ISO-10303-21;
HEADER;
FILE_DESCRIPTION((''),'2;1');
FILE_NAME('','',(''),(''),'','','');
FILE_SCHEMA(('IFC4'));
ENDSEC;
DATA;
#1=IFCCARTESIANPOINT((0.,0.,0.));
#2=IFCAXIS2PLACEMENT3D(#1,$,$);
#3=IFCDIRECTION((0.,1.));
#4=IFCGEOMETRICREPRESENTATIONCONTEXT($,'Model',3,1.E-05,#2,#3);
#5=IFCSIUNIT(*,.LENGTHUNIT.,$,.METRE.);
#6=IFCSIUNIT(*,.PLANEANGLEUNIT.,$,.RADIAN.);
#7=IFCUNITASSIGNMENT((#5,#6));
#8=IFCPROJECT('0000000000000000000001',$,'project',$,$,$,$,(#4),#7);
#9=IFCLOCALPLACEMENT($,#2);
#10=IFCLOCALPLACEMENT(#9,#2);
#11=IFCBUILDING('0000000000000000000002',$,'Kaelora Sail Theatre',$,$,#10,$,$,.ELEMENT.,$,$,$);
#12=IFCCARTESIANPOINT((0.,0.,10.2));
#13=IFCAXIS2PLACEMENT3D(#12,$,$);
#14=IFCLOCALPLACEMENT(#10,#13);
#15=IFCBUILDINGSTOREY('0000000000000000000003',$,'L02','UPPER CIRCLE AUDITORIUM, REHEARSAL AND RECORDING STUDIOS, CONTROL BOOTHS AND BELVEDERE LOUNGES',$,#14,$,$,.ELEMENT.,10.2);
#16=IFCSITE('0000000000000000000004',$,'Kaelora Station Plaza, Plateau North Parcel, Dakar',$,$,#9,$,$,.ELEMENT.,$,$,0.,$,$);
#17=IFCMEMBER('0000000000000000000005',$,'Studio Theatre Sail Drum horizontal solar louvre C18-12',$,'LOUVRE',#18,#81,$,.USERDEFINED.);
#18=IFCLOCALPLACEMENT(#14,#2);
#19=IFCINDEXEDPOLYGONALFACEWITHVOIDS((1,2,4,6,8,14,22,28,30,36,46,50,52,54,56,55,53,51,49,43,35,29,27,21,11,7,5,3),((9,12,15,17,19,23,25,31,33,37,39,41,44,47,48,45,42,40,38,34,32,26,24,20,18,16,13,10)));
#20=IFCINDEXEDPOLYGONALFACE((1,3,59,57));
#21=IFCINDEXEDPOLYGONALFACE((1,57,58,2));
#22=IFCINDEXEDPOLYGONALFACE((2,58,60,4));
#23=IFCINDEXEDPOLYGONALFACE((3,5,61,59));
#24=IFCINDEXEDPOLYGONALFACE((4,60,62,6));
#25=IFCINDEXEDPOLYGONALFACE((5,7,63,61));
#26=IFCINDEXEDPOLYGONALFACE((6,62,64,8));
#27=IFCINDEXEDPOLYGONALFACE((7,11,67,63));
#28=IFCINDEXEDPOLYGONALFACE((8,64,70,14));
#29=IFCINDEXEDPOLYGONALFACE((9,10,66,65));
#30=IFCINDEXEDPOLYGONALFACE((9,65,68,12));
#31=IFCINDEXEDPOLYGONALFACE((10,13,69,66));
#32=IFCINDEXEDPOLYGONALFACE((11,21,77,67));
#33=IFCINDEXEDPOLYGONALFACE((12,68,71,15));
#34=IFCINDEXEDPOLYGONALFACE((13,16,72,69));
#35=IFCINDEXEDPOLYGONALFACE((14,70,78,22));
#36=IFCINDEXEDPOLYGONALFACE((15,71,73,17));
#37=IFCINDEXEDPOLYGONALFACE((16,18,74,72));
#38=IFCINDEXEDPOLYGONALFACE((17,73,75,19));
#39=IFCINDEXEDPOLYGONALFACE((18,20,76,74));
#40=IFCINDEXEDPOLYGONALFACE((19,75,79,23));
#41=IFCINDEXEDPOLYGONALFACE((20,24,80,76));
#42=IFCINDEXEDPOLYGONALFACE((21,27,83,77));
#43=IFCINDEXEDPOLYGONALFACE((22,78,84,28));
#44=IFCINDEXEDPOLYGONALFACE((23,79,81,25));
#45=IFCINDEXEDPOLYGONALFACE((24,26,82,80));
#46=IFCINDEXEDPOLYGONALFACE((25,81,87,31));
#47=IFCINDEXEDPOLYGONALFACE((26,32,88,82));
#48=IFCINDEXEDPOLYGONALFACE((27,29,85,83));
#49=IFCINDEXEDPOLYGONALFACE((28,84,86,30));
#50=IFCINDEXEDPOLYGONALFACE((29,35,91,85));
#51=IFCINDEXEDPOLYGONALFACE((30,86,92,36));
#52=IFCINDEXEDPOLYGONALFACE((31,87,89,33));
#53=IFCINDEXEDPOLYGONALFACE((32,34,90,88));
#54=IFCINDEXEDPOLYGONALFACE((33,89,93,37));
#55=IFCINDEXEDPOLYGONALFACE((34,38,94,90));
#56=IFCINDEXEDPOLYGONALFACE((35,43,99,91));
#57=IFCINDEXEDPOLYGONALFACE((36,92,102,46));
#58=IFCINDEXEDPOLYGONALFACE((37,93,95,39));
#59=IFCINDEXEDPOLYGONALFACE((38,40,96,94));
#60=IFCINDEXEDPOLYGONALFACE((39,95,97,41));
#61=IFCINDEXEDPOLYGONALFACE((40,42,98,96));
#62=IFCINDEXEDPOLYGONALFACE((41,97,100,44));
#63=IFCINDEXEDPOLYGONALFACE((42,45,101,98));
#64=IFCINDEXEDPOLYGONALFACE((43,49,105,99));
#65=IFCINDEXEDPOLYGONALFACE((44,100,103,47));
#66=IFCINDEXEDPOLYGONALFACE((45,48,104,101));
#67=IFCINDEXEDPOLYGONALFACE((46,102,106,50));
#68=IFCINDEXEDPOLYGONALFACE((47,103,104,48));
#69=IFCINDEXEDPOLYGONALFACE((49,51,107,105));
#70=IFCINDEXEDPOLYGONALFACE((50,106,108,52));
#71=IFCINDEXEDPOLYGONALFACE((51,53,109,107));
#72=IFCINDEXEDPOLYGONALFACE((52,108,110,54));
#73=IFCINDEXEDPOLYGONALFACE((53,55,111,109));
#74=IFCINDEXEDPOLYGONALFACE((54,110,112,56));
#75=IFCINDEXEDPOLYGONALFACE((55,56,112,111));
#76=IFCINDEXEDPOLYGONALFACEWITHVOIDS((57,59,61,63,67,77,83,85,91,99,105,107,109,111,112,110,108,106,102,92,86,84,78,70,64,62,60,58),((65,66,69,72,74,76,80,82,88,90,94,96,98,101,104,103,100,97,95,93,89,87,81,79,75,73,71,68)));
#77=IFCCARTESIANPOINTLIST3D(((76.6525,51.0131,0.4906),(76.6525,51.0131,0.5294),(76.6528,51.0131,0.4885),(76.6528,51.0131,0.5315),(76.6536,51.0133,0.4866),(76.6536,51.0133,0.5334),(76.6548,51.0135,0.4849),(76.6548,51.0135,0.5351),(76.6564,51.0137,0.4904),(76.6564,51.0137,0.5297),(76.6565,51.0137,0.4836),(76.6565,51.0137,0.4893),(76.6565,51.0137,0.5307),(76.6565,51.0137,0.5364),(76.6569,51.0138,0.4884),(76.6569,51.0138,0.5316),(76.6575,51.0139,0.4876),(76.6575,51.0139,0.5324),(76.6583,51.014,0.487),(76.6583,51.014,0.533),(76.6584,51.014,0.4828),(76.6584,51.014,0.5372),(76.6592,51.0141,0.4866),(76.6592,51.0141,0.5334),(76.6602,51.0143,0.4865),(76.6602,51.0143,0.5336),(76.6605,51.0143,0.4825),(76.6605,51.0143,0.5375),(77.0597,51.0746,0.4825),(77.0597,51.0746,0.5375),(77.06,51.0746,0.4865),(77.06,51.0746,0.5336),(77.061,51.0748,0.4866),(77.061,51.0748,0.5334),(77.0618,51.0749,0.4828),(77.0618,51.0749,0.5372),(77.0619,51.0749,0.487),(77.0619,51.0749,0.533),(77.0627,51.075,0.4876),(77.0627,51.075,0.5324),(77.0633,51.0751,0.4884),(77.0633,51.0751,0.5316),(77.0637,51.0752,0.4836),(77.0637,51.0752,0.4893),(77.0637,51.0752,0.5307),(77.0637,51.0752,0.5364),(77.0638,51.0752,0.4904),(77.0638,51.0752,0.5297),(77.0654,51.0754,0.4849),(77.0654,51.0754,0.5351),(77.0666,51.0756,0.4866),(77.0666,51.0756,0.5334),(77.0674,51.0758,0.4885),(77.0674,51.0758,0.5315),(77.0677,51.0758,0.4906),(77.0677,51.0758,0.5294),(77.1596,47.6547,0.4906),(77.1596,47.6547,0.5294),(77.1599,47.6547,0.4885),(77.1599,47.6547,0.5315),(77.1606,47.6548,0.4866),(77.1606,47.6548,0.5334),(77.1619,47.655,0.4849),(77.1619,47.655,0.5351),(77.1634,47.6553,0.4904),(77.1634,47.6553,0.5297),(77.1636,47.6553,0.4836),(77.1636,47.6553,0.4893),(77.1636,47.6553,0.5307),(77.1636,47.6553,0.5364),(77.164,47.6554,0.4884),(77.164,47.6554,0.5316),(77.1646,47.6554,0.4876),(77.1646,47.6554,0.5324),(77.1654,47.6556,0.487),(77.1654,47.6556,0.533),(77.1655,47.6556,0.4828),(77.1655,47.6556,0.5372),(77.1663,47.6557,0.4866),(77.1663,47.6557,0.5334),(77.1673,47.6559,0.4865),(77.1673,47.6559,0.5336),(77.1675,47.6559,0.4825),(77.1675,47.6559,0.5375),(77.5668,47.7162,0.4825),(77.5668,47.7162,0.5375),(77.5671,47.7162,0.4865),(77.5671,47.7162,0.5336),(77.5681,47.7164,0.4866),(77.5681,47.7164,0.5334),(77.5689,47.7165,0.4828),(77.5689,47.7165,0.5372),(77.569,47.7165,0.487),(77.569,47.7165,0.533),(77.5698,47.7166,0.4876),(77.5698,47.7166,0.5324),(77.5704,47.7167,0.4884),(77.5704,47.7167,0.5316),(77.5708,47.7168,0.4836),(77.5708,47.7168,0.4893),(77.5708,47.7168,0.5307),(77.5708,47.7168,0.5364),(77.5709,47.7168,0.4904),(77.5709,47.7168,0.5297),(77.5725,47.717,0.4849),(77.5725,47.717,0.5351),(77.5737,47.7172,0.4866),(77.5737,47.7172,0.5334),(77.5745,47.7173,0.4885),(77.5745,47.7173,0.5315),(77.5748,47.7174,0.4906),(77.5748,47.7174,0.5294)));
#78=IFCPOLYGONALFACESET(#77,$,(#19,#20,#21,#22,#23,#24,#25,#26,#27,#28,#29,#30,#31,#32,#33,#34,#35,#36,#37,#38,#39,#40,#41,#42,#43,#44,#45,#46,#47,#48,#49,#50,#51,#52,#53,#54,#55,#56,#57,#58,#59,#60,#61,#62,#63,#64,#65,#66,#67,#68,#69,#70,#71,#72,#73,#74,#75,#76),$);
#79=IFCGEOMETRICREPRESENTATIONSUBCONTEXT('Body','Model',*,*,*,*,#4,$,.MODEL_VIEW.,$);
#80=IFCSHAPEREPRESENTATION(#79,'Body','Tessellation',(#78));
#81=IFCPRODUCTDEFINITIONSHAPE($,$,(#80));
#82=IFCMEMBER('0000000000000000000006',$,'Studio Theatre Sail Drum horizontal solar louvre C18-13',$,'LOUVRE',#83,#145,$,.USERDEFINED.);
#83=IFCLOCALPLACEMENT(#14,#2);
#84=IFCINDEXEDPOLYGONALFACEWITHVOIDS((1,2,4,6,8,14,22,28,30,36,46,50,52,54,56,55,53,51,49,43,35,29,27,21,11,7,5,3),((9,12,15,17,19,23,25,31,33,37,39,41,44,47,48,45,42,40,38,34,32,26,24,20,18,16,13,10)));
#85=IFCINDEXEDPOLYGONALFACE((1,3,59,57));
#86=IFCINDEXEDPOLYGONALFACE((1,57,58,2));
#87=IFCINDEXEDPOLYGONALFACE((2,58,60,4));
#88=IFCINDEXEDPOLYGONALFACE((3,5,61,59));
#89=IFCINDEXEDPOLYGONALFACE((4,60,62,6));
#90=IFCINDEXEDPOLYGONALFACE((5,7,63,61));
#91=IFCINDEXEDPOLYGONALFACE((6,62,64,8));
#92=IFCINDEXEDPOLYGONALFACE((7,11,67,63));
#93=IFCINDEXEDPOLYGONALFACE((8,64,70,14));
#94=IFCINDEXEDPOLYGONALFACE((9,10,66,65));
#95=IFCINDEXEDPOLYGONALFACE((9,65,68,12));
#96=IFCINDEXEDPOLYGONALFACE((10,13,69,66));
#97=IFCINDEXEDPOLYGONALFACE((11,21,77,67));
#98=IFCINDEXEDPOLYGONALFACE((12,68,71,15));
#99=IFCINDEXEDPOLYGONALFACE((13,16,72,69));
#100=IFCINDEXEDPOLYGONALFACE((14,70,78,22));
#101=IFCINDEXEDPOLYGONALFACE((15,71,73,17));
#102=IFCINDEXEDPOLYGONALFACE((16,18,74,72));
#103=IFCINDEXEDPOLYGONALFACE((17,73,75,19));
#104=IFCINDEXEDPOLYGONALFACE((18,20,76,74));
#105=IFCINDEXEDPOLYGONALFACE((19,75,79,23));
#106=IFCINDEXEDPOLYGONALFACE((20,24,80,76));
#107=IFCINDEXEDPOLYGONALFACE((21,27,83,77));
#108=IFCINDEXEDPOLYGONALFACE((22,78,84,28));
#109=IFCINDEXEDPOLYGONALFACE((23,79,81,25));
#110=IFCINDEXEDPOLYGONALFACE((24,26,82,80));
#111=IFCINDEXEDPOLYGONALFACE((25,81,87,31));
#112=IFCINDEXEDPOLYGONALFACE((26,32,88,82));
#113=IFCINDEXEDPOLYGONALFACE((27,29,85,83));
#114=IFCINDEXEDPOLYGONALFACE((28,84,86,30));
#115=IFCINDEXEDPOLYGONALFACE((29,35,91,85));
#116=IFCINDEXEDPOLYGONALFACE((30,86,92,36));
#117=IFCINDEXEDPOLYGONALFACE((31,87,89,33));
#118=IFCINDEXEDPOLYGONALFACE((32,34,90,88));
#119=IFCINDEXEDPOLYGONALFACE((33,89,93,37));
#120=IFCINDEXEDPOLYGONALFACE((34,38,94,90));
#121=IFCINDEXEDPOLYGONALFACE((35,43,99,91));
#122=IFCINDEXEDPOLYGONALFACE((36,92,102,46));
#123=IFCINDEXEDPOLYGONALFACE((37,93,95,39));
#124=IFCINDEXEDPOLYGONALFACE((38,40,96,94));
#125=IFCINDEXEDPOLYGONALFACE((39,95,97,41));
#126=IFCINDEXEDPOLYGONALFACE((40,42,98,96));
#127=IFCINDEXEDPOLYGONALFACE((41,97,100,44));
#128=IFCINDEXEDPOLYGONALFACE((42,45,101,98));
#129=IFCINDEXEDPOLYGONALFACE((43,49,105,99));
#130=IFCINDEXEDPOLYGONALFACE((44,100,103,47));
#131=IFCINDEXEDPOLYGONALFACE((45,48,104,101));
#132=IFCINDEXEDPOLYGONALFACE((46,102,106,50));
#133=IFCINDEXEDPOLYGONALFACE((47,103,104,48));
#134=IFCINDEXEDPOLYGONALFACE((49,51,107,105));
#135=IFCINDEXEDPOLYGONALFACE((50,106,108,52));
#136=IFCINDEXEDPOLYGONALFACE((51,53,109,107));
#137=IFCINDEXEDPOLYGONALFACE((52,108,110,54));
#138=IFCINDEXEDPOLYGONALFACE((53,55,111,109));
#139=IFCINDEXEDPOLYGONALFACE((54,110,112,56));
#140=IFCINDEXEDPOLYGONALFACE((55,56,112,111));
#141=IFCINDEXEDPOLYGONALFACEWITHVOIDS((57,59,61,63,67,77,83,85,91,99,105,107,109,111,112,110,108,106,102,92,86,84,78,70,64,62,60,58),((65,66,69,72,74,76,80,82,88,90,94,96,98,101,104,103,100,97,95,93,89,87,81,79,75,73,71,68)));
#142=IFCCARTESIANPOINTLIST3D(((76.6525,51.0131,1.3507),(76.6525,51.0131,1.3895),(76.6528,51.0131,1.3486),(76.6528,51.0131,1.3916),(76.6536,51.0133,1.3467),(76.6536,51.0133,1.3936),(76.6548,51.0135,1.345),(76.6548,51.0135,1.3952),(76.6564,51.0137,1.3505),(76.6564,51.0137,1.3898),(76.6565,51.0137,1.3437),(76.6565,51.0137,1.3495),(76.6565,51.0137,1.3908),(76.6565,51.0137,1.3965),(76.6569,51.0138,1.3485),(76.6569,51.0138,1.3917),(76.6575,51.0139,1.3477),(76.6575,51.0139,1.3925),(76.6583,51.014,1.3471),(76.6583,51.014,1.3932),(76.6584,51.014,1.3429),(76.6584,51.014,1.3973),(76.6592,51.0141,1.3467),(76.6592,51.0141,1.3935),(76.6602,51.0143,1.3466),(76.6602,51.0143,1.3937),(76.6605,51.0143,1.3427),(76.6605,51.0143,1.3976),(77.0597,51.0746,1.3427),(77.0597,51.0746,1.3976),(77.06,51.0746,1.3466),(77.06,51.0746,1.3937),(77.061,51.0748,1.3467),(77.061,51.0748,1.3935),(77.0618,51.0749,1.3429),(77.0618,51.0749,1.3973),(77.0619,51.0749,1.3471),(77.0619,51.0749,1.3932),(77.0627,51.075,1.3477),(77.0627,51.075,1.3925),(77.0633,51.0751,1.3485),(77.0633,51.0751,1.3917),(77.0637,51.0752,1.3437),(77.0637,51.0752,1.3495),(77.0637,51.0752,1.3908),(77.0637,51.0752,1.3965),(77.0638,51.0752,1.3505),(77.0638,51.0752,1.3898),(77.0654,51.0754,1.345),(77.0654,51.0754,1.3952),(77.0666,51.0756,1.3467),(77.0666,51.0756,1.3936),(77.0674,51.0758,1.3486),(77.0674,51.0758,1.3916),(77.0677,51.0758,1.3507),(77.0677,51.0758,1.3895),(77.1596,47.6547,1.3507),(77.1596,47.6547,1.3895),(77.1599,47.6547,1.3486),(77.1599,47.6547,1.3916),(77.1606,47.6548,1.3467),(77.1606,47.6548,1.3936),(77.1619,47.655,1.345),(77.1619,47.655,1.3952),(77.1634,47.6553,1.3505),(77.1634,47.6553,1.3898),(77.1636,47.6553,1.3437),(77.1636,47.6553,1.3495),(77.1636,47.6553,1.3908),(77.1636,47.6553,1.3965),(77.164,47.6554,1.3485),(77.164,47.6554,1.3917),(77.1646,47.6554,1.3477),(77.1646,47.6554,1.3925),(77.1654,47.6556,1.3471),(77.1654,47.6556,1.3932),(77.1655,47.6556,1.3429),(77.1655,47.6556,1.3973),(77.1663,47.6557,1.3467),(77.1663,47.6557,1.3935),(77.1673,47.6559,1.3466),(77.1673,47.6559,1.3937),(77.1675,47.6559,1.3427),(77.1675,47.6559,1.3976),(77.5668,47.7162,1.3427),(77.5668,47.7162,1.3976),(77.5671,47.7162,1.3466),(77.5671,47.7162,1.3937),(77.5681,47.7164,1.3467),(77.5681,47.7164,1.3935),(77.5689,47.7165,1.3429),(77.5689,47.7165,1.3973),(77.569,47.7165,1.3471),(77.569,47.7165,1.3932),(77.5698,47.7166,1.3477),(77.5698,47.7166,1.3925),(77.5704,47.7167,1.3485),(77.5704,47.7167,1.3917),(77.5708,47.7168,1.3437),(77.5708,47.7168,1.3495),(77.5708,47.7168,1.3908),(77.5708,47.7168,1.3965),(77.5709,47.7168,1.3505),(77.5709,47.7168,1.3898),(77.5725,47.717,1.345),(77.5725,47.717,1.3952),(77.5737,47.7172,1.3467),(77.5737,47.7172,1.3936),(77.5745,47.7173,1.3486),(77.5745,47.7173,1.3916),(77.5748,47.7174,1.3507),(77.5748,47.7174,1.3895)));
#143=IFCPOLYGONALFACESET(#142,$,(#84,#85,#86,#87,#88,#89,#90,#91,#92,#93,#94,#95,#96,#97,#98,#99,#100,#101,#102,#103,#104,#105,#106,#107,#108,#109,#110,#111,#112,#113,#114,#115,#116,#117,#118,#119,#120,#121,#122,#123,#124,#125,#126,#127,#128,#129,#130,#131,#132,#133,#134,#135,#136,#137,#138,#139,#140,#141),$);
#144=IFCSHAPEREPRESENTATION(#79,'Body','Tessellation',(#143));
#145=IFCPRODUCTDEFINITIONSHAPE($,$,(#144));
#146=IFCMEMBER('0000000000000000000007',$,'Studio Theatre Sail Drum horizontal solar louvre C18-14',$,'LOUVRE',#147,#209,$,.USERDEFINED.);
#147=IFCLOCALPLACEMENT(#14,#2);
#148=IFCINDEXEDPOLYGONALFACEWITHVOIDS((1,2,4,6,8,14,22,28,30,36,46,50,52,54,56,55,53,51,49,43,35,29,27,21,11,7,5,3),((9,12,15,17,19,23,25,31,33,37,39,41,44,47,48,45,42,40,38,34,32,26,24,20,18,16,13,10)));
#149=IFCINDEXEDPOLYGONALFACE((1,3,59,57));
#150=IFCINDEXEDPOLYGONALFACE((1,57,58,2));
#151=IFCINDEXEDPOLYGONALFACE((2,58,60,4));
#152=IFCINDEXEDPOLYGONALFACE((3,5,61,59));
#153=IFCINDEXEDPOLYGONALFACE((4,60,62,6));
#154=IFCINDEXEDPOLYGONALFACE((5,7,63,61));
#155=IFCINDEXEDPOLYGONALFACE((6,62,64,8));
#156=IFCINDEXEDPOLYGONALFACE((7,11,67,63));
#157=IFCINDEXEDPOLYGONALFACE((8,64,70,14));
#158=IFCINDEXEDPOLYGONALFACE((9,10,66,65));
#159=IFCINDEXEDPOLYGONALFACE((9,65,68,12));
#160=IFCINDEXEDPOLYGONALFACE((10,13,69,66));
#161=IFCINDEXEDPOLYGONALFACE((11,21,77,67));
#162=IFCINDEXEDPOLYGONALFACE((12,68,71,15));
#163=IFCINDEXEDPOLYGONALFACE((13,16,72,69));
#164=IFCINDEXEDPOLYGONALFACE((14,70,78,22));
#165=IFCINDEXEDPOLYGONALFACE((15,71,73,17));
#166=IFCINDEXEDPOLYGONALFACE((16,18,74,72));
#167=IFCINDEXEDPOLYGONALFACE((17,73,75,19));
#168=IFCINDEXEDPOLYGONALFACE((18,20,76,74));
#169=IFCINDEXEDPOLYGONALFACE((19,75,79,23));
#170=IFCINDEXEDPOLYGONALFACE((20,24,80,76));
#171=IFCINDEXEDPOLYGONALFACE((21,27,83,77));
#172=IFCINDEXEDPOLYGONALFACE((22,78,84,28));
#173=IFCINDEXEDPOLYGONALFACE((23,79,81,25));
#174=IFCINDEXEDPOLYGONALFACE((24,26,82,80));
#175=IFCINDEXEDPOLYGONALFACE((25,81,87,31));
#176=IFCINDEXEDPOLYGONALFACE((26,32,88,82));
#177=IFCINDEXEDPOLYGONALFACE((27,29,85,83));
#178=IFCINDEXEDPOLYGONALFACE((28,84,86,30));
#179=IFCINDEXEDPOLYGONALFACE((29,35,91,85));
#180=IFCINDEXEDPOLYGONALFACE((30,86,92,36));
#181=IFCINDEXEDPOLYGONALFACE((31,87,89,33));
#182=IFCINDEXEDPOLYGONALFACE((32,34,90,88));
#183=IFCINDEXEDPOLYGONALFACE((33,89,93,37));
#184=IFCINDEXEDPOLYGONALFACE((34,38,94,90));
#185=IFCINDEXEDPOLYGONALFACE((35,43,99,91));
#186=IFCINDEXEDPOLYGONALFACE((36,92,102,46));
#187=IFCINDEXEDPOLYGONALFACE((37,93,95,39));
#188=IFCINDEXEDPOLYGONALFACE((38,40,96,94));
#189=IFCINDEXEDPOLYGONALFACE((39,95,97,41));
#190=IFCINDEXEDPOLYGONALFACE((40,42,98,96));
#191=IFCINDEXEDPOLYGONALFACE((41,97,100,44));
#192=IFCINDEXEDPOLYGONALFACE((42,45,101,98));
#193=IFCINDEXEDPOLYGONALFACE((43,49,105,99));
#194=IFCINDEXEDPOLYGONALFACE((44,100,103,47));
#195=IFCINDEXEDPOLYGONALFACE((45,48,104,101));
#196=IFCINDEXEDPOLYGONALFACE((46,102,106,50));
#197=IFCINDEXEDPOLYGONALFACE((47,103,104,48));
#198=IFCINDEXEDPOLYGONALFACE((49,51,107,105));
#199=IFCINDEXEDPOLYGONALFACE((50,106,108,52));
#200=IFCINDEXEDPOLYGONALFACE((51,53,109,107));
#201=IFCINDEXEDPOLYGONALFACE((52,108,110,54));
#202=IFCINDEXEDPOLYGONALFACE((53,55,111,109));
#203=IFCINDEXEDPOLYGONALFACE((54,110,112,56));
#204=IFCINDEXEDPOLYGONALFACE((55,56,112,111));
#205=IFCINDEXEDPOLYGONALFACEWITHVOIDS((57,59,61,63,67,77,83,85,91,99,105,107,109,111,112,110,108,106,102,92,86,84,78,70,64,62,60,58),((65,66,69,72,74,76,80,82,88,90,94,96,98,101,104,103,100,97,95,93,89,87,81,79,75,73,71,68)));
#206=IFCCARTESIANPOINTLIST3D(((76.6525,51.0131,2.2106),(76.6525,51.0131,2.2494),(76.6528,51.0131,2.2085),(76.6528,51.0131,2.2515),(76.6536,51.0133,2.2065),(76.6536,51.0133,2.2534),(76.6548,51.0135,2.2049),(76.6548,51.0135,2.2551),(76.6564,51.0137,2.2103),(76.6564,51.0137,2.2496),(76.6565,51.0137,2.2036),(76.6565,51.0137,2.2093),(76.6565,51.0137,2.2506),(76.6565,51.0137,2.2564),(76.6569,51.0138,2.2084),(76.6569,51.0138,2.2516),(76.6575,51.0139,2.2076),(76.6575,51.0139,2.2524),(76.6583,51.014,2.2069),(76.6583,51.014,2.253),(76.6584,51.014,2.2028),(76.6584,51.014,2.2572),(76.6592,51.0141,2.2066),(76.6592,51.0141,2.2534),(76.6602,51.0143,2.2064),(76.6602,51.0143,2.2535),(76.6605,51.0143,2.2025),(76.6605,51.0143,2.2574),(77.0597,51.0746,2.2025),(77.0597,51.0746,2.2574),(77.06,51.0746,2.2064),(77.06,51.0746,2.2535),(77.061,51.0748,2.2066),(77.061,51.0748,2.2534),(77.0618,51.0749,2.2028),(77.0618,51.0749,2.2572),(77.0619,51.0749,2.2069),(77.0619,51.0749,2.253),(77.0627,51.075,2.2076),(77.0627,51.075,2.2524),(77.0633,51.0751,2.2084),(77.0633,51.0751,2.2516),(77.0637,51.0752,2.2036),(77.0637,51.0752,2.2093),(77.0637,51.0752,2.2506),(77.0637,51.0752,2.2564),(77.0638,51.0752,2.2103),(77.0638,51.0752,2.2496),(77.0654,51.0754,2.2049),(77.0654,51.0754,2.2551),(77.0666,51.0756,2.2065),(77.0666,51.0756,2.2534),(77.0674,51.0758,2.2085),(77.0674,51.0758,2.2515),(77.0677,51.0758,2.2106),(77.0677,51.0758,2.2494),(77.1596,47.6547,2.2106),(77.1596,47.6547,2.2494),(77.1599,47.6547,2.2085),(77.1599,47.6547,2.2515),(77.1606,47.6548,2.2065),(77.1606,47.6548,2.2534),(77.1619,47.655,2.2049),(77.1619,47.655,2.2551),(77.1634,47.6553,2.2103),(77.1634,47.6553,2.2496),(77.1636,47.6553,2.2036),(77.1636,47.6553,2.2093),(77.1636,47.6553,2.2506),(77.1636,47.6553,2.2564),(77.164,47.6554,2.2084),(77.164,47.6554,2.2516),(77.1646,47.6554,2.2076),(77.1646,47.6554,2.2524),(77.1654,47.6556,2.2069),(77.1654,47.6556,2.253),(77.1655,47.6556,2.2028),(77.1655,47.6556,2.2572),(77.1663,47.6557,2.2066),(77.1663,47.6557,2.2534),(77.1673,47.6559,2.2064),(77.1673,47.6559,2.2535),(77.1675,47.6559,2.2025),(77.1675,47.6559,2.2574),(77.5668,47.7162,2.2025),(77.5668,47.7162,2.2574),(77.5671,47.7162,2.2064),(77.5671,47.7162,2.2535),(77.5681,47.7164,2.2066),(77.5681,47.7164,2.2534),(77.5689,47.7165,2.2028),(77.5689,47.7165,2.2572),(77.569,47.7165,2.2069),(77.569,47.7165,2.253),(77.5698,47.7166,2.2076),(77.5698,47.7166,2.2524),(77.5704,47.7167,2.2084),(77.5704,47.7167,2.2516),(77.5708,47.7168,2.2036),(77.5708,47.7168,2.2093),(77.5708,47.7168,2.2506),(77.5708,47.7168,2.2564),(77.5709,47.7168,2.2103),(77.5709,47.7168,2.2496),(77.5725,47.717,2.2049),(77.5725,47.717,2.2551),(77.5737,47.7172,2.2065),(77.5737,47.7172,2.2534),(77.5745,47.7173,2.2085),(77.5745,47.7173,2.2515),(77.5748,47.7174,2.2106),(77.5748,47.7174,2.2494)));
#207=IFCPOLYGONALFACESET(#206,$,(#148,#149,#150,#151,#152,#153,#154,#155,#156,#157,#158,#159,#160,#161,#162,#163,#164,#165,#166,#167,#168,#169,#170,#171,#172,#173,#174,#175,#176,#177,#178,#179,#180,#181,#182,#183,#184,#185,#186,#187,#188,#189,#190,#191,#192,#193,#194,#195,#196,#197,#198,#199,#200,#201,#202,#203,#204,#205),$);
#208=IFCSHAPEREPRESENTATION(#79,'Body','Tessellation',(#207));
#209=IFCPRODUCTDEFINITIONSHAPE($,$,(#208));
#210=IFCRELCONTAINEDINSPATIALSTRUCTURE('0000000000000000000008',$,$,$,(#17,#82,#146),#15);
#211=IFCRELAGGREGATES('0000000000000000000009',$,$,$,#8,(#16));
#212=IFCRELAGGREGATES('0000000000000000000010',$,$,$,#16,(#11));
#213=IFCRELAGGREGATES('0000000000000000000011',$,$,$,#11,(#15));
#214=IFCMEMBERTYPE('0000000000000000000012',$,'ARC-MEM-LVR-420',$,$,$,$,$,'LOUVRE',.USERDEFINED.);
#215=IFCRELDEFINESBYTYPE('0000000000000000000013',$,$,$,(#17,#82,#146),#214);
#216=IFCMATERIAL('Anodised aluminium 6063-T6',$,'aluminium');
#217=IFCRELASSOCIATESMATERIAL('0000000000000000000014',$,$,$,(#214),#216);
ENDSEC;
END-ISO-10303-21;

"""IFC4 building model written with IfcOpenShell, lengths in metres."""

from ifc_helpers import new_model, si_unit, direction, frame, origin, origin_2d, place, context, subcontext, project, spatial, hollow_rectangle, extrude, material, material_profile, profile_set, type_object, element, save


model = new_model("IFC4")

# Units and contexts
model_context = context("Model", 3, precision=1e-05, world=origin(), true_north=direction((0.0, 1.0)))
body_context = subcontext(model_context, "Body", "Model", "MODEL_VIEW")
ifc_project = project(units=[si_unit("LENGTHUNIT", "METRE"), si_unit("PLANEANGLEUNIT", "RADIAN")], contexts=[model_context])

# Site, building, storey
site_placement = place(None, origin())
site = spatial("IfcSite", under=ifc_project, at=site_placement, Name="Kaelora Station Plaza, Plateau North Parcel, Dakar", CompositionType="ELEMENT", RefElevation=0.0)
building_placement = place(site_placement, origin())
building = spatial("IfcBuilding", under=site, at=building_placement, Name="Kaelora Sail Theatre", CompositionType="ELEMENT")
storey_placement = place(building_placement, frame((0.0, 0.0, 10.2)))
storey = spatial("IfcBuildingStorey", under=building, at=storey_placement, Name="L02", Description="UPPER CIRCLE AUDITORIUM, REHEARSAL AND RECORDING STUDIOS, CONTROL BOOTHS AND BELVEDERE LOUNGES", CompositionType="ELEMENT", Elevation=10.2)

# Members
ifc_material_1 = material(Name="Anodised aluminium 6063-T6", Category="aluminium")
ifc_material_profile_1 = material_profile(ifc_material_1, hollow_rectangle(XDim=0.4199, YDim=0.0549, WallThickness=0.0039, InnerFilletRadius=0.0039, OuterFilletRadius=0.0081, at=origin_2d()), Name="LOUVRE 420x55x4")
ifc_profile_set_1 = profile_set([ifc_material_profile_1], Name="Anodised aluminium 6063-T6")
member_type_1 = type_object("IfcMemberType", Name="ARC-MEM-LVR-420", ElementType="LOUVRE", PredefinedType="USERDEFINED", material=ifc_profile_set_1)
for number, where, z_axis, x_axis, name in (
    (1, (77.3672, 47.686, 0.51), (-0.149296, 0.988792, 0.0), (-0.988792, -0.149296, 0.0), "Studio Theatre Sail Drum horizontal solar louvre C18-12"),
    (2, (77.3672, 47.686, 1.3701), (-0.149296, 0.988792, 0.0), (-0.988792, -0.149296, 0.0), "Studio Theatre Sail Drum horizontal solar louvre C18-13"),
    (3, (77.3672, 47.686, 2.23), (-0.149296, 0.988792, 0.0), (-0.988792, -0.149296, 0.0), "Studio Theatre Sail Drum horizontal solar louvre C18-14"),
):
    element("IfcMember", number, at=place(storey_placement, frame(where, z_axis=z_axis, x_axis=x_axis)), inside=storey, type_object=member_type_1, Name=name, ObjectType="LOUVRE", PredefinedType="USERDEFINED", context=body_context, shape_type="SweptSolid", body=[
        extrude(hollow_rectangle(XDim=0.4199, YDim=0.0549, WallThickness=0.0039, InnerFilletRadius=0.0039, OuterFilletRadius=0.0081, at=origin_2d()), origin(), (0.0, 0.0, 1.0), 3.3965),
    ])

save(model, "model.ifc")
